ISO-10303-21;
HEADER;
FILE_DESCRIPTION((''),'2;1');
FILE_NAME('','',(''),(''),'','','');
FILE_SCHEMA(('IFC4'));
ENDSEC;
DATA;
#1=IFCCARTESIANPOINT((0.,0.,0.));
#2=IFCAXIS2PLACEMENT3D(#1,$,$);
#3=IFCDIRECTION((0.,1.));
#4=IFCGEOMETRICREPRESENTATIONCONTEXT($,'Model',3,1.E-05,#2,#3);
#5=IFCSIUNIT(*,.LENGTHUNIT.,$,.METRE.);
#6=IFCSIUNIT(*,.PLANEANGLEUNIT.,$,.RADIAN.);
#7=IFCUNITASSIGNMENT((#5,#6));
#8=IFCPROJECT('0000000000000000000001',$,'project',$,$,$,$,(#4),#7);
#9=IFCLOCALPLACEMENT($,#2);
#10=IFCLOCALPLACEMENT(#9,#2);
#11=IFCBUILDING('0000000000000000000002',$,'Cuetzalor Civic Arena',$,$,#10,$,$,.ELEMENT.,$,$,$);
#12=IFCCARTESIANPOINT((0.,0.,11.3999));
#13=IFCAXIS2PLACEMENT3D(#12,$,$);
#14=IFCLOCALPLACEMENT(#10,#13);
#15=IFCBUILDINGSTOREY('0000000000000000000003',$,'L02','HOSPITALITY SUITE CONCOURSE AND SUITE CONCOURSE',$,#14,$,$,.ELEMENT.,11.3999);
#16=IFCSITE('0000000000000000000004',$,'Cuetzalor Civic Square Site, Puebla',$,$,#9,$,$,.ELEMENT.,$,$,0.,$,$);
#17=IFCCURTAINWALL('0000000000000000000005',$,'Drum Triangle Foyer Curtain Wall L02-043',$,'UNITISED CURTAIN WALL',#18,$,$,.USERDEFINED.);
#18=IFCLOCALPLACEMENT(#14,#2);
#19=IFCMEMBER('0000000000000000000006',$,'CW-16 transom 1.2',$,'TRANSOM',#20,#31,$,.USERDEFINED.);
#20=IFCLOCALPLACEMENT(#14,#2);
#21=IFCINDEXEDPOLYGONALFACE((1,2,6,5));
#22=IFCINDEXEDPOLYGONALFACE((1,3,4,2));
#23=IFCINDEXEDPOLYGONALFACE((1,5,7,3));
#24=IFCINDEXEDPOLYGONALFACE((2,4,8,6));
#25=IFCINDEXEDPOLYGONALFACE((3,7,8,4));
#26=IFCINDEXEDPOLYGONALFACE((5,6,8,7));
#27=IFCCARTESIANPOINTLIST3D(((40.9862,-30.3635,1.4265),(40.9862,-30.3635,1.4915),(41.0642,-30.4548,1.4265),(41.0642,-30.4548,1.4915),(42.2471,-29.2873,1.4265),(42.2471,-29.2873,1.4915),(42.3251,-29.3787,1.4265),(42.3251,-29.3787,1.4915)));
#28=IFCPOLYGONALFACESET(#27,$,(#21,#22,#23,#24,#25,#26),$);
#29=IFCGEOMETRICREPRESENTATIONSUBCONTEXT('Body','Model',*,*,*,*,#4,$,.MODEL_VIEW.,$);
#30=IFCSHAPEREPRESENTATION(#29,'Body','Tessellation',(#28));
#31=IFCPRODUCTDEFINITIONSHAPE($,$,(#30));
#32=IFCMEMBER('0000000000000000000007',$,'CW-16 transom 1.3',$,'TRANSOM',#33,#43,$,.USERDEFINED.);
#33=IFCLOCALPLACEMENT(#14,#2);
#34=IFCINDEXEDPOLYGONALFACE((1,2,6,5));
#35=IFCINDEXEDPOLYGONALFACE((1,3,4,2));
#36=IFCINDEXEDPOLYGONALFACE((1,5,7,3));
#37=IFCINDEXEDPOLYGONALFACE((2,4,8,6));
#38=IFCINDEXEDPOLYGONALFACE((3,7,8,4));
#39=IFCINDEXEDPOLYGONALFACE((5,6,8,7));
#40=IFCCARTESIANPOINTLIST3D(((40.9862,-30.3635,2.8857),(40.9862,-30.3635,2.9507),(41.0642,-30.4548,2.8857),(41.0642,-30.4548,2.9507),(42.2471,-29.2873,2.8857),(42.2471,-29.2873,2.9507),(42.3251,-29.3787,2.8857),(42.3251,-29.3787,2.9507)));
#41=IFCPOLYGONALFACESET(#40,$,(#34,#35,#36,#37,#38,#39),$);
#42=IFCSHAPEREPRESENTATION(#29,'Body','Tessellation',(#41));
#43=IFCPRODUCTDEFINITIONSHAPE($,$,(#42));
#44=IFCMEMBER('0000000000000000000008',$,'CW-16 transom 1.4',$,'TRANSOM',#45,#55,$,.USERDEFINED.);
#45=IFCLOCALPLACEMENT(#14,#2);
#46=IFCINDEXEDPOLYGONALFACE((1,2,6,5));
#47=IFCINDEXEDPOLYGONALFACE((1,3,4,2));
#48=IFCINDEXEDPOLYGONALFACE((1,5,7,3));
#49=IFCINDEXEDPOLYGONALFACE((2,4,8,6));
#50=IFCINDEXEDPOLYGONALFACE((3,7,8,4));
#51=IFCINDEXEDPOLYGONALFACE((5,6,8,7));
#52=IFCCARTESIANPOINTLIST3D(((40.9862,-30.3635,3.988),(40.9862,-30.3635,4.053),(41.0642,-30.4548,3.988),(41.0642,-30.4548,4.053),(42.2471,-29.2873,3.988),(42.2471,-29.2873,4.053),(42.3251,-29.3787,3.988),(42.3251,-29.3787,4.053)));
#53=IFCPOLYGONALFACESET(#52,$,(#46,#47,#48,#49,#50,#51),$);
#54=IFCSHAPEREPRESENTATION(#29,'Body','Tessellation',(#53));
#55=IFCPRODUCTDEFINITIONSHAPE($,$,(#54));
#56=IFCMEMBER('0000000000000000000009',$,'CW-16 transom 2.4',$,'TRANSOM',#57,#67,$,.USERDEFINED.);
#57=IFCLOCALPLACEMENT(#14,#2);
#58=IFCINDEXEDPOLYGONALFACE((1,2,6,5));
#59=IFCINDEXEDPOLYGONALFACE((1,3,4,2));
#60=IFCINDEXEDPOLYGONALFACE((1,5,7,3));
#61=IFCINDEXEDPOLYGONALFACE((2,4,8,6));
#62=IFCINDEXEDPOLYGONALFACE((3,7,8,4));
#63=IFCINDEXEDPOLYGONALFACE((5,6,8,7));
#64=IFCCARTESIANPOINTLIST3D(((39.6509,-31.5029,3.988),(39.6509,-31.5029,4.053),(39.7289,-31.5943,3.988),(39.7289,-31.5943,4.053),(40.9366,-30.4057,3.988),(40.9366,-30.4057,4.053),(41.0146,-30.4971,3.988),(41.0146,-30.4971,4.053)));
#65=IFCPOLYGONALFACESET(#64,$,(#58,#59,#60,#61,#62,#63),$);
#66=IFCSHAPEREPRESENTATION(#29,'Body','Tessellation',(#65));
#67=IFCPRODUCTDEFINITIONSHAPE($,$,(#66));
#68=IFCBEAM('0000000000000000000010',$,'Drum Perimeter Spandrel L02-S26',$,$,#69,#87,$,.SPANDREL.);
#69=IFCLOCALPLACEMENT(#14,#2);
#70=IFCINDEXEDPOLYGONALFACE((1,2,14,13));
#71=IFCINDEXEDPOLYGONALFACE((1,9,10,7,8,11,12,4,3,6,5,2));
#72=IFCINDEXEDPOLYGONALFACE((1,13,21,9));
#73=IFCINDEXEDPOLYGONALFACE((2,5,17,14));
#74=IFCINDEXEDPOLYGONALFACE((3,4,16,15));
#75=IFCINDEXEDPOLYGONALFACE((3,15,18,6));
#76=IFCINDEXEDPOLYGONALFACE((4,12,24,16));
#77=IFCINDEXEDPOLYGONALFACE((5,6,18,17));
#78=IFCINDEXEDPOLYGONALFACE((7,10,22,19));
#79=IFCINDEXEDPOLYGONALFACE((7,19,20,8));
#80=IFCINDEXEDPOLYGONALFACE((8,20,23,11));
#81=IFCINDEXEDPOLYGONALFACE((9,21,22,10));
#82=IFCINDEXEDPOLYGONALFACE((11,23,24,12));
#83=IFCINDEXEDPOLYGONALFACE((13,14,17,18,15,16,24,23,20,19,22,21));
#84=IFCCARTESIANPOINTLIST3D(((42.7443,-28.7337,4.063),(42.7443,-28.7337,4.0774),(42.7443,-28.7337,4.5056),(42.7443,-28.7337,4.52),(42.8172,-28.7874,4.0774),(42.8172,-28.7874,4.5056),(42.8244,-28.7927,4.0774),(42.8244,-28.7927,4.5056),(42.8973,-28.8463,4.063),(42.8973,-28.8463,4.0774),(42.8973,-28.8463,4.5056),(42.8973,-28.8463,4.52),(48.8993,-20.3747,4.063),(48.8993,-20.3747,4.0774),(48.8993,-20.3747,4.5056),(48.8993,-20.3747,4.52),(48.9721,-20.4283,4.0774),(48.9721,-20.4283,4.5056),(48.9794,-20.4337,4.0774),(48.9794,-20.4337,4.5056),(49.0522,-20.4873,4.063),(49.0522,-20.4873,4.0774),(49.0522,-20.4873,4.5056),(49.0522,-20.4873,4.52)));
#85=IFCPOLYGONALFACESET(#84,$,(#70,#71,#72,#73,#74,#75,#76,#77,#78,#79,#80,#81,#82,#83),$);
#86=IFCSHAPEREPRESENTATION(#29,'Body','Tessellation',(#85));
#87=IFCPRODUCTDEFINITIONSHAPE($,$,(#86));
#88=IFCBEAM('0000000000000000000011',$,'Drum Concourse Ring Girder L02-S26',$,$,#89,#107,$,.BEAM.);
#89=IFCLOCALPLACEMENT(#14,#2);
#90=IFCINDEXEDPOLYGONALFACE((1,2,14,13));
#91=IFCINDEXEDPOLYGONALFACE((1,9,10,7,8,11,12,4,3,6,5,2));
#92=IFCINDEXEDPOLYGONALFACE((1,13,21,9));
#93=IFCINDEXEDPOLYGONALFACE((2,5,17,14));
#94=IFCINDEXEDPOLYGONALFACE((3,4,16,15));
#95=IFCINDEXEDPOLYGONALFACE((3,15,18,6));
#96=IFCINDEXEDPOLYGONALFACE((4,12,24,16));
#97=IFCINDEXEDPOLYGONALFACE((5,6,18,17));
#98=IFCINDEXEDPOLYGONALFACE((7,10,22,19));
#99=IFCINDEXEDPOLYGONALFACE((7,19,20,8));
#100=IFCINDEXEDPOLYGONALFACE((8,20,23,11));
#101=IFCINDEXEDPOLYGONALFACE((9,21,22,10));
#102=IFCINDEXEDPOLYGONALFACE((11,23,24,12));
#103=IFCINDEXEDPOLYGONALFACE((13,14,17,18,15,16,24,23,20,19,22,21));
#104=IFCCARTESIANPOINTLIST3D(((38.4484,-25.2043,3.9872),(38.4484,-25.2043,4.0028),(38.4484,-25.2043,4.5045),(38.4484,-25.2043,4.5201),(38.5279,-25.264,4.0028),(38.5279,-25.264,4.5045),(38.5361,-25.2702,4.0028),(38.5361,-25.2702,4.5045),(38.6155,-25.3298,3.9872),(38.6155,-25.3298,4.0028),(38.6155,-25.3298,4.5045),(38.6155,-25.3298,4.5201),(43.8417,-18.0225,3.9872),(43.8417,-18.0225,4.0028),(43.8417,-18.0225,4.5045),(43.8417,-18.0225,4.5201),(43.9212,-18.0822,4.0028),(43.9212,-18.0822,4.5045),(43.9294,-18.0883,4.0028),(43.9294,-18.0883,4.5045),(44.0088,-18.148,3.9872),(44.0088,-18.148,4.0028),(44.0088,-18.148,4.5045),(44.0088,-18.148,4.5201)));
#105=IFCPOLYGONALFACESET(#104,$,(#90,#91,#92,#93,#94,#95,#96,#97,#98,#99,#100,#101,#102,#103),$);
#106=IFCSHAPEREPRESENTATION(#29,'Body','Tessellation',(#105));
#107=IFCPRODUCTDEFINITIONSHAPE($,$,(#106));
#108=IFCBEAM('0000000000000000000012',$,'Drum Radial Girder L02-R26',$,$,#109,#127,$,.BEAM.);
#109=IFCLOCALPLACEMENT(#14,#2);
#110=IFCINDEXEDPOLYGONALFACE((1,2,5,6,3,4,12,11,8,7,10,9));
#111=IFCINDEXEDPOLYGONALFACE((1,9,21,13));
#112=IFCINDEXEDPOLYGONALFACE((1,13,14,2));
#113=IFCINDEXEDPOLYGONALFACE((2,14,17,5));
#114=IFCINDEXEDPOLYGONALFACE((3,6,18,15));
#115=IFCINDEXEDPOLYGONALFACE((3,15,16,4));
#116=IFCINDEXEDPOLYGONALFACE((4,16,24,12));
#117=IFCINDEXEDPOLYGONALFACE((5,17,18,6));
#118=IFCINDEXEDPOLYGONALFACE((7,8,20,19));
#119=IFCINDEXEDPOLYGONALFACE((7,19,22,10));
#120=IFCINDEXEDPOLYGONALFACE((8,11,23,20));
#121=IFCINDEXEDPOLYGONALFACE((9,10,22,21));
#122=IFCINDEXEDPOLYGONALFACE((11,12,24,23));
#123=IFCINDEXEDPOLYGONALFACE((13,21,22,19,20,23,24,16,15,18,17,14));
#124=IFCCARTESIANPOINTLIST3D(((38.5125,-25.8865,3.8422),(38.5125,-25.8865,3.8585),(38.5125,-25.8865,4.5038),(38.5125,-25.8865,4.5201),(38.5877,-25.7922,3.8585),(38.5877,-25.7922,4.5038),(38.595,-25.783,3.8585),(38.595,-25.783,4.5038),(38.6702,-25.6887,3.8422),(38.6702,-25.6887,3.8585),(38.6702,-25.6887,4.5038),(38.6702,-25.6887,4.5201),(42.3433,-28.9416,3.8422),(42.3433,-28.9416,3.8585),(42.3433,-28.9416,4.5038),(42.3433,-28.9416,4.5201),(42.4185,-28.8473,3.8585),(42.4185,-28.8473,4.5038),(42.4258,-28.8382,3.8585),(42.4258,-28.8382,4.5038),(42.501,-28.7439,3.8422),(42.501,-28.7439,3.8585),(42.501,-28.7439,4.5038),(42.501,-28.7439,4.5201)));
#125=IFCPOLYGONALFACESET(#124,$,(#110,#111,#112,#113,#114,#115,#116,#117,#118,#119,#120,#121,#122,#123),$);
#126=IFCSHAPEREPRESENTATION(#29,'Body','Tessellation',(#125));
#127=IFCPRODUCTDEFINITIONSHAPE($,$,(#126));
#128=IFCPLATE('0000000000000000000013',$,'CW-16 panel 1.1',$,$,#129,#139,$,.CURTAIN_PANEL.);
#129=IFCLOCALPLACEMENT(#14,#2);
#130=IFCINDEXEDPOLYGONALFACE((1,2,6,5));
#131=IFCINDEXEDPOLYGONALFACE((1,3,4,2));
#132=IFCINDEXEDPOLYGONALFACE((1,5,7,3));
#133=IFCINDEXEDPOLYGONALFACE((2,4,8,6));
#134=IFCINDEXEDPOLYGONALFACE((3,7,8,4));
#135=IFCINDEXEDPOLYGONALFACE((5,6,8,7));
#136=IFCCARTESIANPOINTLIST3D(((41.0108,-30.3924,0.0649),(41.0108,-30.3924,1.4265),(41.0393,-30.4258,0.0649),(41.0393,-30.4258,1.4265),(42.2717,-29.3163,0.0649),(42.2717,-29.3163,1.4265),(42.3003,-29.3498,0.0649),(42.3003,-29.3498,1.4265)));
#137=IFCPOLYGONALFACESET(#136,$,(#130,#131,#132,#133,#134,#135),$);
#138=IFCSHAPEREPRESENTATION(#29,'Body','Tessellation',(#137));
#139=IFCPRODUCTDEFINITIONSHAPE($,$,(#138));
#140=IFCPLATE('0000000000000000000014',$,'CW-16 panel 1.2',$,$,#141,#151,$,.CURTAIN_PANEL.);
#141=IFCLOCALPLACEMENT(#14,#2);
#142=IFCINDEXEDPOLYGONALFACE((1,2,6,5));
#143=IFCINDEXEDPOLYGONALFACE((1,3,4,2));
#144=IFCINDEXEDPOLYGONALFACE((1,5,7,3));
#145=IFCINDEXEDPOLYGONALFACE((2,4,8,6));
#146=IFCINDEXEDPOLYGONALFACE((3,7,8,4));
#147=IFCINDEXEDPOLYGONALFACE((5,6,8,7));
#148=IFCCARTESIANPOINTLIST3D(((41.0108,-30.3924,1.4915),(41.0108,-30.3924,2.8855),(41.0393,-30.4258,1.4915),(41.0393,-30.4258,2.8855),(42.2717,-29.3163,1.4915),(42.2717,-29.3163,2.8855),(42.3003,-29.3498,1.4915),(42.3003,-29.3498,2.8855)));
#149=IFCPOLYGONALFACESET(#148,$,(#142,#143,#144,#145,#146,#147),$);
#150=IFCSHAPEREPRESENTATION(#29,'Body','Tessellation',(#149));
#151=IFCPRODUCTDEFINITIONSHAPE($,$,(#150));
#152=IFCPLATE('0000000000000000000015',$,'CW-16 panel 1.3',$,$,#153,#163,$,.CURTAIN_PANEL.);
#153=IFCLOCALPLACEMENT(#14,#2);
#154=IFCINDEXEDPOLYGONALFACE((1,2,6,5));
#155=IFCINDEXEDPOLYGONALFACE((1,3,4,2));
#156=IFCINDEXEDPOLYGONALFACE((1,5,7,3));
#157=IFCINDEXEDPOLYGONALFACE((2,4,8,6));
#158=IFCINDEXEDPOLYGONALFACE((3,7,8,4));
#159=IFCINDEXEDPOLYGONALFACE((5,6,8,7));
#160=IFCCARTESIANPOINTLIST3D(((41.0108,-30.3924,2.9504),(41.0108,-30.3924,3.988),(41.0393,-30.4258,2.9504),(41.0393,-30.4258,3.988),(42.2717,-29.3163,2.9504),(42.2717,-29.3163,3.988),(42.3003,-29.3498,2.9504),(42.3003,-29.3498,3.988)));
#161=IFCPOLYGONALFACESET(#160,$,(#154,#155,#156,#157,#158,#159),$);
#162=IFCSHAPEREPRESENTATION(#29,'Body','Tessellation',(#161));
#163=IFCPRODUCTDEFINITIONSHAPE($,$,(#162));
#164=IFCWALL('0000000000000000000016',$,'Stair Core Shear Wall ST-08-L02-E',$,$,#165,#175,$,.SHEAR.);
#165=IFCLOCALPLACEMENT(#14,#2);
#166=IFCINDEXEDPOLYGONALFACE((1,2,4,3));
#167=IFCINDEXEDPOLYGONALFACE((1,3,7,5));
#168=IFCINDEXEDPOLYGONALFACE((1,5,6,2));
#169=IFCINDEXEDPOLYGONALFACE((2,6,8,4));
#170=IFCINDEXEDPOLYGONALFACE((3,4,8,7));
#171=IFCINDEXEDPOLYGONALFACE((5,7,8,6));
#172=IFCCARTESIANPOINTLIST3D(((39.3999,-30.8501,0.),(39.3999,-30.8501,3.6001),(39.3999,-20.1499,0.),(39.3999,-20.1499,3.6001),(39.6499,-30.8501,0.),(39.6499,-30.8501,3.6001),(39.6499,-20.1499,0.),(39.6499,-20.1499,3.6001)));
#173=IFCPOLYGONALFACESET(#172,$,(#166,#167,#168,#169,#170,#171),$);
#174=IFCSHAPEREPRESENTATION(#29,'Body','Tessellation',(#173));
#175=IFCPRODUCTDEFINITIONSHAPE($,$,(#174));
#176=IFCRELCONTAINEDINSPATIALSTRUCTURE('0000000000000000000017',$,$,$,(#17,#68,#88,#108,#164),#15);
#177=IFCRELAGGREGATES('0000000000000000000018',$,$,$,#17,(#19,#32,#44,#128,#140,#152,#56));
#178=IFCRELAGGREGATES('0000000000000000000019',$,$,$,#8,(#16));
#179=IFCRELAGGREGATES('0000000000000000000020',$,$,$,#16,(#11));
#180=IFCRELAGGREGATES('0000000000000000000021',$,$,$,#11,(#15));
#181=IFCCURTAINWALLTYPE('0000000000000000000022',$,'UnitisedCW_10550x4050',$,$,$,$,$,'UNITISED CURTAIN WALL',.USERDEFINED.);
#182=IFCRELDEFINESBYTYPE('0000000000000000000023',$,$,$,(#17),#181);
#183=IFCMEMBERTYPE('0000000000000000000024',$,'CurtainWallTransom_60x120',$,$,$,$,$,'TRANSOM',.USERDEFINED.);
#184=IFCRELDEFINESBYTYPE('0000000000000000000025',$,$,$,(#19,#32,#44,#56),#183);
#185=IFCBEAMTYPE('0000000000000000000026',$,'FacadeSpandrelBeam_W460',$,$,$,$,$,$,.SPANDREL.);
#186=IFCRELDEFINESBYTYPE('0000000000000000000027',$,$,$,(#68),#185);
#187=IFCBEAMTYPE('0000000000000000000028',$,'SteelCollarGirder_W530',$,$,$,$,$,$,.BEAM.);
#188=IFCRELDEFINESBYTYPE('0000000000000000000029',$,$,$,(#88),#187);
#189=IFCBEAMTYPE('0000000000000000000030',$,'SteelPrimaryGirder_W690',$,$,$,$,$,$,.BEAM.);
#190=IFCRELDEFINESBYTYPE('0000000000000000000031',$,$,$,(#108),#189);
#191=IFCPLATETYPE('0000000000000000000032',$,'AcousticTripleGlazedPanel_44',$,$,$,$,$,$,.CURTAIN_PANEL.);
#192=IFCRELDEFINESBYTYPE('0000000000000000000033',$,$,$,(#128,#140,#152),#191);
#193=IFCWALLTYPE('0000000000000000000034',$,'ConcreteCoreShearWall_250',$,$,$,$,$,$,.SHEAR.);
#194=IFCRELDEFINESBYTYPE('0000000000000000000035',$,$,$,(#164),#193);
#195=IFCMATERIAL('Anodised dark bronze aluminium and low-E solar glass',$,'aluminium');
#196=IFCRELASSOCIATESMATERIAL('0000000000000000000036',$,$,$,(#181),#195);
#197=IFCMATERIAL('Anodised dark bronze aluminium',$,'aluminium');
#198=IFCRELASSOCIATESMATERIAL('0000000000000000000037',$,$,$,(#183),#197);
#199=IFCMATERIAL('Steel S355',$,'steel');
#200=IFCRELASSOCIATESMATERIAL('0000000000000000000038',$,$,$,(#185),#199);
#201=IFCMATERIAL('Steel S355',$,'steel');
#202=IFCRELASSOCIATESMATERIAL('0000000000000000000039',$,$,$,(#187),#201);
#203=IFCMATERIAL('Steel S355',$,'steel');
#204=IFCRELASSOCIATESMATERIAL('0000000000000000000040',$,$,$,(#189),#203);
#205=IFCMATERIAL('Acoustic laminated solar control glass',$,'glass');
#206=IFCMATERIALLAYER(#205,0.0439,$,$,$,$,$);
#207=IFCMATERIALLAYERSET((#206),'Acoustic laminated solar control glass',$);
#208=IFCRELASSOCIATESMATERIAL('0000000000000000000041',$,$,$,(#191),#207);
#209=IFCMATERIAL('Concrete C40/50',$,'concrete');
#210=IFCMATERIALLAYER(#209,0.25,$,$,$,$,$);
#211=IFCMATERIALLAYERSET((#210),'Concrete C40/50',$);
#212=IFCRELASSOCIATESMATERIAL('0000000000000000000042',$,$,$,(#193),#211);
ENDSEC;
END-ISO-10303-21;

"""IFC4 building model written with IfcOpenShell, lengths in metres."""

from ifc_helpers import new_model, si_unit, direction, frame, frame_2d, origin, origin_2d, place, context, subcontext, project, spatial, rectangle, i_section, extrude, material, layer, layer_set, material_profile, profile_set, type_object, element, aggregate, save


model = new_model("IFC4")

# Units and contexts
model_context = context("Model", 3, precision=1e-05, world=origin(), true_north=direction((0.0, 1.0)))
body_context = subcontext(model_context, "Body", "Model", "MODEL_VIEW")
ifc_project = project(units=[si_unit("LENGTHUNIT", "METRE"), si_unit("PLANEANGLEUNIT", "RADIAN")], contexts=[model_context])

# Site, building, storey
site_placement = place(None, origin())
site = spatial("IfcSite", under=ifc_project, at=site_placement, Name="Cuetzalor Civic Square Site, Puebla", CompositionType="ELEMENT", RefElevation=0.0)
building_placement = place(site_placement, origin())
building = spatial("IfcBuilding", under=site, at=building_placement, Name="Cuetzalor Civic Arena", CompositionType="ELEMENT")
storey_placement = place(building_placement, frame((0.0, 0.0, 11.3999)))
storey = spatial("IfcBuildingStorey", under=building, at=storey_placement, Name="L02", Description="HOSPITALITY SUITE CONCOURSE AND SUITE CONCOURSE", CompositionType="ELEMENT", Elevation=11.3999)

# Curtain wall, members
ifc_material_1 = material(Name="Anodised dark bronze aluminium and low-E solar glass", Category="aluminium")
curtain_wall_type = type_object("IfcCurtainWallType", Name="UnitisedCW_10550x4050", ElementType="UNITISED CURTAIN WALL", PredefinedType="USERDEFINED", material=ifc_material_1)
curtain_wall_placement = place(storey_placement, origin())
curtain_wall = element("IfcCurtainWall", 1, at=curtain_wall_placement, inside=storey, type_object=curtain_wall_type, Name="Drum Triangle Foyer Curtain Wall L02-043", ObjectType="UNITISED CURTAIN WALL", PredefinedType="USERDEFINED")
ifc_material_2 = material(Name="Anodised dark bronze aluminium", Category="aluminium")
ifc_material_profile_1 = material_profile(ifc_material_2, rectangle(XDim=0.1201, YDim=0.0649, at=origin_2d()), Name="ALU TRANSOM 65x120")
ifc_profile_set_1 = profile_set([ifc_material_profile_1], Name="Anodised dark bronze aluminium")
member_type_1 = type_object("IfcMemberType", Name="CurtainWallTransom_60x120", ElementType="TRANSOM", PredefinedType="USERDEFINED", material=ifc_profile_set_1)
member_1_placement = place(storey_placement, frame((42.2861, -29.333, 1.459), z_axis=(-0.760648, -0.649165, 0.0), x_axis=(0.649165, -0.760648, 0.0)))
member_1 = element("IfcMember", 2, at=member_1_placement, type_object=member_type_1, Name="CW-16 transom 1.2", ObjectType="TRANSOM", PredefinedType="USERDEFINED", context=body_context, shape_type="SweptSolid", body=[
    extrude(rectangle(XDim=0.1201, YDim=0.0649, at=origin_2d()), origin(), (0.0, 0.0, 1.0), 1.6577),
])
member_2_placement = place(storey_placement, frame((42.2861, -29.333, 2.9182), z_axis=(-0.760648, -0.649165, 0.0), x_axis=(0.649165, -0.760648, 0.0)))
member_2 = element("IfcMember", 3, at=member_2_placement, type_object=member_type_1, Name="CW-16 transom 1.3", ObjectType="TRANSOM", PredefinedType="USERDEFINED", context=body_context, shape_type="SweptSolid", body=[
    extrude(rectangle(XDim=0.1201, YDim=0.0649, at=origin_2d()), origin(), (0.0, 0.0, 1.0), 1.6577),
])
member_3_placement = place(storey_placement, frame((42.2861, -29.333, 4.0205), z_axis=(-0.760648, -0.649165, 0.0), x_axis=(0.649165, -0.760648, 0.0)))
member_3 = element("IfcMember", 4, at=member_3_placement, type_object=member_type_1, Name="CW-16 transom 1.4", ObjectType="TRANSOM", PredefinedType="USERDEFINED", context=body_context, shape_type="SweptSolid", body=[
    extrude(rectangle(XDim=0.1201, YDim=0.0649, at=origin_2d()), origin(), (0.0, 0.0, 1.0), 1.6577),
])
member_4_placement = place(storey_placement, frame((40.9756, -30.4514, 4.0205), z_axis=(-0.760662, -0.649148, 0.0), x_axis=(0.649148, -0.760662, 0.0)))
member_4 = element("IfcMember", 5, at=member_4_placement, type_object=member_type_1, Name="CW-16 transom 2.4", ObjectType="TRANSOM", PredefinedType="USERDEFINED", context=body_context, shape_type="SweptSolid", body=[
    extrude(rectangle(XDim=0.1201, YDim=0.0649, at=origin_2d()), origin(), (0.0, 0.0, 1.0), 1.6902),
])

# Beams
ifc_material_3 = material(Name="Steel S355", Category="steel")
ifc_material_profile_2 = material_profile(ifc_material_3, i_section(OverallWidth=0.1899, OverallDepth=0.457, WebThickness=0.009, FlangeThickness=0.0144, at=origin_2d()), Name="W460x74")
ifc_profile_set_2 = profile_set([ifc_material_profile_2], Name="Steel S355")
beam_type_1 = type_object("IfcBeamType", Name="FacadeSpandrelBeam_W460", PredefinedType="SPANDREL", material=ifc_profile_set_2)
beam_1_placement = place(storey_placement, frame((42.8208, -28.79, 4.2915), z_axis=(0.592929, 0.805255, 0.0), x_axis=(-0.805255, 0.592929, 0.0)))
element("IfcBeam", 6, at=beam_1_placement, inside=storey, type_object=beam_type_1, Name="Drum Perimeter Spandrel L02-S26", PredefinedType="SPANDREL", context=body_context, shape_type="SweptSolid", body=[
    extrude(i_section(OverallWidth=0.1899, OverallDepth=0.457, WebThickness=0.009, FlangeThickness=0.0144, at=origin_2d()), origin(), (0.0, 0.0, 1.0), 10.3806),
])
ifc_material_4 = material(Name="Steel S355", Category="steel")
ifc_material_profile_3 = material_profile(ifc_material_4, i_section(OverallWidth=0.209, OverallDepth=0.533, WebThickness=0.0103, FlangeThickness=0.0156, at=origin_2d()), Name="W530x92")
ifc_profile_set_3 = profile_set([ifc_material_profile_3], Name="Steel S355")
beam_type_2 = type_object("IfcBeamType", Name="SteelCollarGirder_W530", PredefinedType="BEAM", material=ifc_profile_set_3)
beam_2_placement = place(storey_placement, frame((38.532, -25.2671, 4.2537), z_axis=(0.600491, 0.799631, 0.0), x_axis=(-0.799631, 0.600491, 0.0)))
element("IfcBeam", 7, at=beam_2_placement, inside=storey, type_object=beam_type_2, Name="Drum Concourse Ring Girder L02-S26", PredefinedType="BEAM", context=body_context, shape_type="SweptSolid", body=[
    extrude(i_section(OverallWidth=0.209, OverallDepth=0.533, WebThickness=0.0103, FlangeThickness=0.0156, at=origin_2d()), origin(), (0.0, 0.0, 1.0), 8.9814),
])
ifc_material_5 = material(Name="Steel S355", Category="steel")
ifc_material_profile_4 = material_profile(ifc_material_5, i_section(OverallWidth=0.2529, OverallDepth=0.678, WebThickness=0.0117, FlangeThickness=0.0164, at=origin_2d()), Name="W690x125")
ifc_profile_set_4 = profile_set([ifc_material_profile_4], Name="Steel S355")
beam_type_3 = type_object("IfcBeamType", Name="SteelPrimaryGirder_W690", PredefinedType="BEAM", material=ifc_profile_set_4)
beam_3_placement = place(storey_placement, frame((38.5913, -25.7876, 4.1812), z_axis=(0.781811, -0.623516, 0.0), x_axis=(0.623516, 0.781811, 0.0)))
element("IfcBeam", 8, at=beam_3_placement, inside=storey, type_object=beam_type_3, Name="Drum Radial Girder L02-R26", PredefinedType="BEAM", context=body_context, shape_type="SweptSolid", body=[
    extrude(i_section(OverallWidth=0.2529, OverallDepth=0.678, WebThickness=0.0117, FlangeThickness=0.0164, at=origin_2d()), origin(), (0.0, 0.0, 1.0), 4.8999),
])

# Plates
ifc_material_6 = material(Name="Acoustic laminated solar control glass", Category="glass")
ifc_layer_1 = layer(ifc_material_6, 0.0439)
ifc_layer_set_1 = layer_set([ifc_layer_1], Name="Acoustic laminated solar control glass")
plate_type = type_object("IfcPlateType", Name="AcousticTripleGlazedPanel_44", PredefinedType="CURTAIN_PANEL", material=ifc_layer_set_1)
plate_1_placement = place(storey_placement, frame((41.6555, -29.8711, 0.0649), z_axis=(0.0, 0.0, 1.0), x_axis=(-0.760677, -0.64913, 0.0)))
plate_1 = element("IfcPlate", 9, at=plate_1_placement, type_object=plate_type, Name="CW-16 panel 1.1", PredefinedType="CURTAIN_PANEL", context=body_context, shape_type="SweptSolid", body=[
    extrude(rectangle(XDim=1.6577, YDim=0.0439, at=origin_2d()), origin(), (0.0, 0.0, 1.0), 1.3616),
])
plate_2_placement = place(storey_placement, frame((41.6555, -29.8711, 1.4915), z_axis=(0.0, 0.0, 1.0), x_axis=(-0.760677, -0.64913, 0.0)))
plate_2 = element("IfcPlate", 10, at=plate_2_placement, type_object=plate_type, Name="CW-16 panel 1.2", PredefinedType="CURTAIN_PANEL", context=body_context, shape_type="SweptSolid", body=[
    extrude(rectangle(XDim=1.6577, YDim=0.0439, at=origin_2d()), origin(), (0.0, 0.0, 1.0), 1.394),
])
plate_3_placement = place(storey_placement, frame((41.6555, -29.8711, 2.9504), z_axis=(0.0, 0.0, 1.0), x_axis=(-0.760677, -0.64913, 0.0)))
plate_3 = element("IfcPlate", 11, at=plate_3_placement, type_object=plate_type, Name="CW-16 panel 1.3", PredefinedType="CURTAIN_PANEL", context=body_context, shape_type="SweptSolid", body=[
    extrude(rectangle(XDim=1.6577, YDim=0.0439, at=origin_2d()), origin(), (0.0, 0.0, 1.0), 1.0376),
])
aggregate(curtain_wall, [member_1, member_2, member_3, plate_1, plate_2, plate_3, member_4])

# Wall
ifc_material_7 = material(Name="Concrete C40/50", Category="concrete")
ifc_layer_2 = layer(ifc_material_7, 0.25)
ifc_layer_set_2 = layer_set([ifc_layer_2], Name="Concrete C40/50")
wall_type_1 = type_object("IfcWallType", Name="ConcreteCoreShearWall_250", PredefinedType="SHEAR", material=ifc_layer_set_2)
wall_1_placement = place(storey_placement, frame((39.5249, -20.1499, 0.0), z_axis=(0.0, 0.0, 1.0), x_axis=(0.0, -1.0, 0.0)))
element("IfcWall", 12, at=wall_1_placement, inside=storey, type_object=wall_type_1, Name="Stair Core Shear Wall ST-08-L02-E", PredefinedType="SHEAR", context=body_context, shape_type="SweptSolid", body=[
    extrude(rectangle(XDim=10.7002, YDim=0.25, at=frame_2d((5.3501, 0.0))), origin(), (0.0, 0.0, 1.0), 3.6001),
])

save(model, "model.ifc")
